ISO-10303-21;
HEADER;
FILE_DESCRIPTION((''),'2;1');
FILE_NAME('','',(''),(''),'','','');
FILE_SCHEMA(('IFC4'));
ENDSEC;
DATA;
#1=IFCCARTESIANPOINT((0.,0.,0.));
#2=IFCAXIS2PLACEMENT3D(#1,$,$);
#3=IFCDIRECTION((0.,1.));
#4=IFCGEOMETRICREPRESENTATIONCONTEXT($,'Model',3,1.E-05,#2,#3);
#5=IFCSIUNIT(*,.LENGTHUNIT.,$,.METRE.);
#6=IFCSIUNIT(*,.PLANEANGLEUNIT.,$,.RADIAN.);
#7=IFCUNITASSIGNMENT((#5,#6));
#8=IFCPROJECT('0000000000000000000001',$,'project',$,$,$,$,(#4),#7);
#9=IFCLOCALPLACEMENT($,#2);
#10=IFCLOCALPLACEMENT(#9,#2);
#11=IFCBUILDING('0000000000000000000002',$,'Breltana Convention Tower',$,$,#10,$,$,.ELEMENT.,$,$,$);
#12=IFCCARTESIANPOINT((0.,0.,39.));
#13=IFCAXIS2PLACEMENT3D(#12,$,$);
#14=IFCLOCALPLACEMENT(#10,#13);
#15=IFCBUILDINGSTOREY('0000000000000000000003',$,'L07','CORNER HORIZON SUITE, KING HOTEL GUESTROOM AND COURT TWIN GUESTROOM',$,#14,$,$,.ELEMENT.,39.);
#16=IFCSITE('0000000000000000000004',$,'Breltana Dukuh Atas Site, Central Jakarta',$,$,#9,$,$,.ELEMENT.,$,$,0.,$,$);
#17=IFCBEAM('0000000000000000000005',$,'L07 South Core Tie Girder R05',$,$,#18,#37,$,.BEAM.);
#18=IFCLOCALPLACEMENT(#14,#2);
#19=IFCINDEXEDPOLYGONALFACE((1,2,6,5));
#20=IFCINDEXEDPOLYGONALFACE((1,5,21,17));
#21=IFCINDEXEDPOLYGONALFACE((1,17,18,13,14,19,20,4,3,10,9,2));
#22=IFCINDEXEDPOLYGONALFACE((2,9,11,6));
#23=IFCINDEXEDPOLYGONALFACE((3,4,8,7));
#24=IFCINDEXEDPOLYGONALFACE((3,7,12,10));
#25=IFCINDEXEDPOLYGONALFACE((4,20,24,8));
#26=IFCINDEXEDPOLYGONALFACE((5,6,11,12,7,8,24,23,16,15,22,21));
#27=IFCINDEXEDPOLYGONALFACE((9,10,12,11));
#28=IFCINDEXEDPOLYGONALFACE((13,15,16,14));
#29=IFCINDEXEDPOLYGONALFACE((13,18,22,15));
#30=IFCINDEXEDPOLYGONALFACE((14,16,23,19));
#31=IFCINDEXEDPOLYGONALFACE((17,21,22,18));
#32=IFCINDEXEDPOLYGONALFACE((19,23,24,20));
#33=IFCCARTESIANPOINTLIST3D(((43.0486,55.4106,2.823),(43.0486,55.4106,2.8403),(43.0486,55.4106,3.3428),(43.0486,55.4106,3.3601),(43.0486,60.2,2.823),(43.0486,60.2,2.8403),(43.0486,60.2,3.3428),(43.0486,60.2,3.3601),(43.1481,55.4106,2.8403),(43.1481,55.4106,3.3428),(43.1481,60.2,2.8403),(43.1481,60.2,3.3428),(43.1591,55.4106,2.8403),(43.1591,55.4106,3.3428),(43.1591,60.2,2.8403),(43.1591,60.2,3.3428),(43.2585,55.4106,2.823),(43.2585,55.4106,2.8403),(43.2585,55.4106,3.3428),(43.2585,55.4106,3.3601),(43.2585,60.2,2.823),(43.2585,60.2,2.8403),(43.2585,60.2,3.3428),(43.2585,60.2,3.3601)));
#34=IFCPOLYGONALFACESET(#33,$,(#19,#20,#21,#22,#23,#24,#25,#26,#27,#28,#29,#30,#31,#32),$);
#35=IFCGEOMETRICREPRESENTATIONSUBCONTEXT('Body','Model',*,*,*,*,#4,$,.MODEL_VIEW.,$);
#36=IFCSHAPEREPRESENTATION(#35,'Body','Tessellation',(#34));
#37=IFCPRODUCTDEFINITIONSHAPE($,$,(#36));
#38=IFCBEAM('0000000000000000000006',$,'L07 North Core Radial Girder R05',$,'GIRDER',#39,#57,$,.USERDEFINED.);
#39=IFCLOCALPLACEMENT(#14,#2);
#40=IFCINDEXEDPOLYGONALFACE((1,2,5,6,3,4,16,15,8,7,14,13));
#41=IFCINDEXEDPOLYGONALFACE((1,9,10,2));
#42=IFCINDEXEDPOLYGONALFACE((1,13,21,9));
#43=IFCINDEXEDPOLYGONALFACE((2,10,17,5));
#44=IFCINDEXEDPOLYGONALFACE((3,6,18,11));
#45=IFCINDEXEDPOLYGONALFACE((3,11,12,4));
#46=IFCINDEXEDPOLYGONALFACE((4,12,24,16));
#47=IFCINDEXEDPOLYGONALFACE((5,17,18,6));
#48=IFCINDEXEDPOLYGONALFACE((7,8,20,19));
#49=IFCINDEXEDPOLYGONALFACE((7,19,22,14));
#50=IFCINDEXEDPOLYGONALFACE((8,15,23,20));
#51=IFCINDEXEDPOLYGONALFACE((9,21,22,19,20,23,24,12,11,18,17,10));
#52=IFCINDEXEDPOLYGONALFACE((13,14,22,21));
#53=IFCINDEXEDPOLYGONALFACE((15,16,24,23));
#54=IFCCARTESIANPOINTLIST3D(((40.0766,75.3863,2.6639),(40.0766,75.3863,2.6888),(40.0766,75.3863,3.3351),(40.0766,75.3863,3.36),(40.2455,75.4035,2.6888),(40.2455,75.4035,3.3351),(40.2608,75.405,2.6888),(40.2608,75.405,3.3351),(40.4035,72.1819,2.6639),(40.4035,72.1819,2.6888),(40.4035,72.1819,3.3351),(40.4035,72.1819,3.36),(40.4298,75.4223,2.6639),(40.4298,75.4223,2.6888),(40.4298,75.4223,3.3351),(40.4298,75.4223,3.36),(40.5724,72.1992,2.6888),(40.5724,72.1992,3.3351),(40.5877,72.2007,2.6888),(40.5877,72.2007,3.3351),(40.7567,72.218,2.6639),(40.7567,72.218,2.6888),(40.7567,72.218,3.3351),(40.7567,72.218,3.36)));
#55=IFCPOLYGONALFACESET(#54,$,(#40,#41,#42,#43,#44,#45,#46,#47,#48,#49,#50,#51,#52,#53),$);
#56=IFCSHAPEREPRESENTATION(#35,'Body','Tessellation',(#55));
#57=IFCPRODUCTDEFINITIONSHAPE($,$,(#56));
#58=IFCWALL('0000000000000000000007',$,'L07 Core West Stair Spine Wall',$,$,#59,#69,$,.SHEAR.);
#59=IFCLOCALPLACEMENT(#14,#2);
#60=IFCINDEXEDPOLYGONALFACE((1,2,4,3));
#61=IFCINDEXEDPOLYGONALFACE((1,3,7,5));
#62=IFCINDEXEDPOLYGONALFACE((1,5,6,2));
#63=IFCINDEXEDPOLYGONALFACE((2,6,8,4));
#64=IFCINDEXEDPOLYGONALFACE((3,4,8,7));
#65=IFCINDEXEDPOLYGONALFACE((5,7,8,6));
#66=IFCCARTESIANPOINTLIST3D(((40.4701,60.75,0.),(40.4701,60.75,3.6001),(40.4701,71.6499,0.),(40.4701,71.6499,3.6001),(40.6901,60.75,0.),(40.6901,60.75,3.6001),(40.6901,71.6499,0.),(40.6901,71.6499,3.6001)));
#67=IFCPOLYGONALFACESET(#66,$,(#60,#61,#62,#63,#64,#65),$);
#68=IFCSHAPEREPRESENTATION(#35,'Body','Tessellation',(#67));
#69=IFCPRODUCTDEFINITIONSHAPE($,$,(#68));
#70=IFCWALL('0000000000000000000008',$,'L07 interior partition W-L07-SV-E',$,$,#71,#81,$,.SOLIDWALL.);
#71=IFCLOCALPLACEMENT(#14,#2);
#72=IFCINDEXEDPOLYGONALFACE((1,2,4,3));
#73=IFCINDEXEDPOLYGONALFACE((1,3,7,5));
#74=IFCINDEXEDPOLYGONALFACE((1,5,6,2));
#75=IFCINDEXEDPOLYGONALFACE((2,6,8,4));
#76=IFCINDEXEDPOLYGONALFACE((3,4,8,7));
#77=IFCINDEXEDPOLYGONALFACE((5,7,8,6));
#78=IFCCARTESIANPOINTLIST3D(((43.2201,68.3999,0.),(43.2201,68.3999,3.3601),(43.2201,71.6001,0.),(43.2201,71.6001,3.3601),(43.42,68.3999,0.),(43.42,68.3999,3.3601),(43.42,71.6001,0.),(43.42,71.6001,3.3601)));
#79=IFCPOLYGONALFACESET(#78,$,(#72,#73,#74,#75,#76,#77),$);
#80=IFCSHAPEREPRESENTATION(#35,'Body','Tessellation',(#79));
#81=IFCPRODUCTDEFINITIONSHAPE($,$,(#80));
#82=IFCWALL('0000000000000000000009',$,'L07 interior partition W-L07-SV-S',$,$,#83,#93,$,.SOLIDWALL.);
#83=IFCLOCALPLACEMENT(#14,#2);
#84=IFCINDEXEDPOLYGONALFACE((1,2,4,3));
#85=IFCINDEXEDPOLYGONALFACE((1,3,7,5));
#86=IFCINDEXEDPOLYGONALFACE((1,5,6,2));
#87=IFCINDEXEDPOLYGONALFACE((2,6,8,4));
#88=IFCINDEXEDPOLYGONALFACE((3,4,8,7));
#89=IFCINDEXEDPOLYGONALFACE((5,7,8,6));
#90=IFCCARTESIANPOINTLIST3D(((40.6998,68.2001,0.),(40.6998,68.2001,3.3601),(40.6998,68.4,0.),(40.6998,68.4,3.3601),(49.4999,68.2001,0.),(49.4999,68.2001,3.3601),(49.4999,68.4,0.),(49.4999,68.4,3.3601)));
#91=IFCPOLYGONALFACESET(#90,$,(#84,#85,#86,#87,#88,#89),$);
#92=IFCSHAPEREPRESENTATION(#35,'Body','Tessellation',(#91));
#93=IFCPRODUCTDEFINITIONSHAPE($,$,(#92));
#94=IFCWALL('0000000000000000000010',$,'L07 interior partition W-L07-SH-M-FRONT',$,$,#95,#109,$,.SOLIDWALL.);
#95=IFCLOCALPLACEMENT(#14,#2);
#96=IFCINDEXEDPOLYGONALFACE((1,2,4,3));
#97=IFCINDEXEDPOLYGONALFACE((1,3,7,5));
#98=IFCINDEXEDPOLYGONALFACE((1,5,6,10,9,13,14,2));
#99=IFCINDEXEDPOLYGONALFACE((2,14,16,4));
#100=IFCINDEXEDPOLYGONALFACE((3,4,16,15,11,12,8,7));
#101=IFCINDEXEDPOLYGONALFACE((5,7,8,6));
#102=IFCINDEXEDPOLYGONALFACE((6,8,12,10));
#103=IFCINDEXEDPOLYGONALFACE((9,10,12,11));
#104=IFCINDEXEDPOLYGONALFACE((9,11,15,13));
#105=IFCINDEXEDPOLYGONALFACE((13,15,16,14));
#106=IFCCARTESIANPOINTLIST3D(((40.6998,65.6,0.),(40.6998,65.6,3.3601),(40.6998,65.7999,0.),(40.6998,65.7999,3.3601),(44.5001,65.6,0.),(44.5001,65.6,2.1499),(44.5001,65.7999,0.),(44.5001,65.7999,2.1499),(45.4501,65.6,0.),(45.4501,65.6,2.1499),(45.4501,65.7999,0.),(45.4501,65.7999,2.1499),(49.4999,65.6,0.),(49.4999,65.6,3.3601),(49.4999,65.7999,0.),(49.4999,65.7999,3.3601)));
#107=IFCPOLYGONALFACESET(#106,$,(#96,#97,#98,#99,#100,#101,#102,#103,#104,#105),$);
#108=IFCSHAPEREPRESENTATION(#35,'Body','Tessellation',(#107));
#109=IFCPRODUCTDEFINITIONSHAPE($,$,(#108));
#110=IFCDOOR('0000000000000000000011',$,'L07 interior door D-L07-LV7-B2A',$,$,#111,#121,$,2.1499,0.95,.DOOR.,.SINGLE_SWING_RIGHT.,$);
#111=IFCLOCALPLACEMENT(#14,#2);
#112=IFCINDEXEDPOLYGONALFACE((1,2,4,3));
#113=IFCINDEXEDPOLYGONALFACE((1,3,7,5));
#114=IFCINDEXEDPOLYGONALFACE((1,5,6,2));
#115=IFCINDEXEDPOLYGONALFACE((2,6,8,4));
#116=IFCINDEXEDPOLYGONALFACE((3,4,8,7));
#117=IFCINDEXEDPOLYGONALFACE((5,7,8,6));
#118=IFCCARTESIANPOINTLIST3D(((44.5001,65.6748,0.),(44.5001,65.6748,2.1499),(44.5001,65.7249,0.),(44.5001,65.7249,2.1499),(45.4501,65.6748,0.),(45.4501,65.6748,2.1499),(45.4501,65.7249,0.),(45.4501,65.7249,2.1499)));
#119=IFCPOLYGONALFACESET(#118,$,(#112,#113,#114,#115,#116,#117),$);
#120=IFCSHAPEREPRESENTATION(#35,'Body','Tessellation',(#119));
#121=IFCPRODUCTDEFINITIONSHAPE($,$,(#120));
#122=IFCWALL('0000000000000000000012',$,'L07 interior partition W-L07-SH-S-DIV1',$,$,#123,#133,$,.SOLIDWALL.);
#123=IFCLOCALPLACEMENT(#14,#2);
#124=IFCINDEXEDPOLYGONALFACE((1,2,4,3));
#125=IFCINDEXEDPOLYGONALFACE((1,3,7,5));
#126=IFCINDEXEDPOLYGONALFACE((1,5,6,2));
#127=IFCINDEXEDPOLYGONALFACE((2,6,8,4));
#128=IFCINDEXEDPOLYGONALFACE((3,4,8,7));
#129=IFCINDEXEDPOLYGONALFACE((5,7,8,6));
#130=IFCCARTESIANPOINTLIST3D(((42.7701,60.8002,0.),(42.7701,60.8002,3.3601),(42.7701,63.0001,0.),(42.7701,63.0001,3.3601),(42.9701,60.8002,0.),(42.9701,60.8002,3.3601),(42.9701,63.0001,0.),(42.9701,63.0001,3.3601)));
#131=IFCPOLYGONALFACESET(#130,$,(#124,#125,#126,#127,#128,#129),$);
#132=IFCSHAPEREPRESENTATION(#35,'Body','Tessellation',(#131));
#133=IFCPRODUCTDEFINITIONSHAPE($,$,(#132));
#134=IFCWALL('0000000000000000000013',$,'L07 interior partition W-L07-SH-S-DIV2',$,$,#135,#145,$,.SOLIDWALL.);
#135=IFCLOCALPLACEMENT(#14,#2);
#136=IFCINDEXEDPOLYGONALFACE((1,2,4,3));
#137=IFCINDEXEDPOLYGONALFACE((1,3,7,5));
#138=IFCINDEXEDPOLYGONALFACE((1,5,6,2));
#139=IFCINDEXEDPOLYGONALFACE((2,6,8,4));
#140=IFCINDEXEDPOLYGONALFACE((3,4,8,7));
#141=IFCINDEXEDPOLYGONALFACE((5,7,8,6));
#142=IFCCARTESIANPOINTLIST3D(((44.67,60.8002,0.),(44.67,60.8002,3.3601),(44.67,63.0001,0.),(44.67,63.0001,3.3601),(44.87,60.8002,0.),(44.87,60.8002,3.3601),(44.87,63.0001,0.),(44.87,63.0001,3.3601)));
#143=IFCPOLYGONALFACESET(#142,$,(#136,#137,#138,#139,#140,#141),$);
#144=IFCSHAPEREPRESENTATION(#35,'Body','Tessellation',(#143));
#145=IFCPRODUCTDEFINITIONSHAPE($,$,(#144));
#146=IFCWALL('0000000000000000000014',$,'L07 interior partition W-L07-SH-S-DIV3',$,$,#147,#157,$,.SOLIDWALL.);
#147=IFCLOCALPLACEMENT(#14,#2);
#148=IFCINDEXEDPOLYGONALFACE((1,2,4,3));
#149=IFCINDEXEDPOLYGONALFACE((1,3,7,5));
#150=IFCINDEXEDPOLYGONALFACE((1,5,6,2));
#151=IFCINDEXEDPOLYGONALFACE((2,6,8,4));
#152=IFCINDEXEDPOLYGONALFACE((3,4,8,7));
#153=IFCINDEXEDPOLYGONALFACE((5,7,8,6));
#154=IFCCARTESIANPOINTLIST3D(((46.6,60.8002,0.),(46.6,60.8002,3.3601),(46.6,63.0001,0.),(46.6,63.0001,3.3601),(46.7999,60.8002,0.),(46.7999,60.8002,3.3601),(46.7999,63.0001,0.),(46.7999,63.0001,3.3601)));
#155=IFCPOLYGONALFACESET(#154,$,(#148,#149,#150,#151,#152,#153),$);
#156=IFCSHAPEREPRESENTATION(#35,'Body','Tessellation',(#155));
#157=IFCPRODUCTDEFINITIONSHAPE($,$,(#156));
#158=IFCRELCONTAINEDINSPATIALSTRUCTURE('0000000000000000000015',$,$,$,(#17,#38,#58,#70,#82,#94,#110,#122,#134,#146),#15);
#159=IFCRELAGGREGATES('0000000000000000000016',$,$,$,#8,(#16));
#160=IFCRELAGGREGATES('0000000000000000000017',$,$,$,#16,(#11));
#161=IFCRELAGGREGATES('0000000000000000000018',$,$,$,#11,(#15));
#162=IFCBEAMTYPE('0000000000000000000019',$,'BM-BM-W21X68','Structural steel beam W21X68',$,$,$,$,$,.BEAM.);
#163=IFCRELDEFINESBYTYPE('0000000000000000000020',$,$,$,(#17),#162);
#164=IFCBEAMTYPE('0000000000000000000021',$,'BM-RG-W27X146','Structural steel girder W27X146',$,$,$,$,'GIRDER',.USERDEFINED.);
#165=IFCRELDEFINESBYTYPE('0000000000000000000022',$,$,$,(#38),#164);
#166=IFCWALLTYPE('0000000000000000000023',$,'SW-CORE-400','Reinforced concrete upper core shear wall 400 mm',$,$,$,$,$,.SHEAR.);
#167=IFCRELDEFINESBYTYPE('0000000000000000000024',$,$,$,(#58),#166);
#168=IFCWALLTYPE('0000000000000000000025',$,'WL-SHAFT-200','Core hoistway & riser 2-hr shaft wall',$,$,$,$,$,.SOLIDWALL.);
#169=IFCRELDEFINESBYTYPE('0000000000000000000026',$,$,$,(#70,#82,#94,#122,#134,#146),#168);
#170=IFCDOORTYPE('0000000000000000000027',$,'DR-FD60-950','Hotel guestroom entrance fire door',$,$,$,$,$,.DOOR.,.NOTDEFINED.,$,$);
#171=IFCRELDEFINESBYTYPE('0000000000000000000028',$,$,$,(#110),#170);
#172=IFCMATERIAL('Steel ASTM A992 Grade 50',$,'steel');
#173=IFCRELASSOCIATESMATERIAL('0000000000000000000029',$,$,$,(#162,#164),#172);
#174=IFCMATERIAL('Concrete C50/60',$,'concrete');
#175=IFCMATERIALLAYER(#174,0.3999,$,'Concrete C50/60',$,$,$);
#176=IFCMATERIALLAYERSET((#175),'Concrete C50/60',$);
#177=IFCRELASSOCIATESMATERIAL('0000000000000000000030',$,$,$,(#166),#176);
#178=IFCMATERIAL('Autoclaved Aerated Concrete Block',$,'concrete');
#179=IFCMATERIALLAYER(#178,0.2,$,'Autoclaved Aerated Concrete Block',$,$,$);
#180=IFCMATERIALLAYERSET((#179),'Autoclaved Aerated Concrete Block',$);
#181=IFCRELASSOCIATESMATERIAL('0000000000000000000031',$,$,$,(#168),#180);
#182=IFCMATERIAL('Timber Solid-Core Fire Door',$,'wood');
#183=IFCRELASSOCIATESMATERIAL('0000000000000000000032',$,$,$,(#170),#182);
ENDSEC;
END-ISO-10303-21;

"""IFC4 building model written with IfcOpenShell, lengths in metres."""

from ifc_helpers import new_model, si_unit, direction, frame, frame_2d, origin, origin_2d, place, context, subcontext, project, spatial, rectangle, i_section, extrude, source, transform, mapped, material, layer, layer_set, material_profile, profile_set, type_object, type_shapes, element, fill, save


model = new_model("IFC4")

# Units and contexts
model_context = context("Model", 3, precision=1e-05, world=origin(), true_north=direction((0.0, 1.0)))
body_context = subcontext(model_context, "Body", "Model", "MODEL_VIEW")
ifc_project = project(units=[si_unit("LENGTHUNIT", "METRE"), si_unit("PLANEANGLEUNIT", "RADIAN")], contexts=[model_context])

# Site, building, storey
site_placement = place(None, origin())
site = spatial("IfcSite", under=ifc_project, at=site_placement, Name="Breltana Dukuh Atas Site, Central Jakarta", CompositionType="ELEMENT", RefElevation=0.0)
building_placement = place(site_placement, origin())
building = spatial("IfcBuilding", under=site, at=building_placement, Name="Breltana Convention Tower", CompositionType="ELEMENT")
storey_placement = place(building_placement, frame((0.0, 0.0, 39.0)))
storey = spatial("IfcBuildingStorey", under=building, at=storey_placement, Name="L07", Description="CORNER HORIZON SUITE, KING HOTEL GUESTROOM AND COURT TWIN GUESTROOM", CompositionType="ELEMENT", Elevation=39.0)

# Beams
ifc_material_1 = material(Name="Steel ASTM A992 Grade 50", Category="steel")
ifc_material_profile_1 = material_profile(ifc_material_1, i_section(OverallWidth=0.21, OverallDepth=0.5371, WebThickness=0.011, FlangeThickness=0.0173, at=origin_2d()), Name="W21X68")
ifc_profile_set_1 = profile_set([ifc_material_profile_1], Name="Steel ASTM A992 Grade 50")
beam_type_1 = type_object("IfcBeamType", Name="BM-BM-W21X68", Description="Structural steel beam W21X68", PredefinedType="BEAM", material=ifc_profile_set_1)
shared_shape_1 = source(origin(), body_context, "Body", "SweptSolid", [
    extrude(i_section(OverallWidth=0.21, OverallDepth=0.5371, WebThickness=0.011, FlangeThickness=0.0173, at=origin_2d()), origin(), (0.0, 0.0, 1.0), 4.7893),
])
beam_1_placement = place(storey_placement, frame((43.1536, 60.2, 3.0916), z_axis=(0.0, -1.0, 0.0), x_axis=(1.0, 0.0, 0.0)))
element("IfcBeam", 1, at=beam_1_placement, inside=storey, type_object=beam_type_1, Name="L07 South Core Tie Girder R05", PredefinedType="BEAM", context=body_context, shape_type="MappedRepresentation", body=[
    mapped(shared_shape_1, transform((0.0, 0.0, 0.0), scale=1.0)),
])
ifc_material_profile_2 = material_profile(ifc_material_1, i_section(OverallWidth=0.355, OverallDepth=0.696, WebThickness=0.0154, FlangeThickness=0.0249, at=origin_2d()), Name="W27X146")
ifc_profile_set_2 = profile_set([ifc_material_profile_2], Name="Steel ASTM A992 Grade 50")
beam_type_2 = type_object("IfcBeamType", Name="BM-RG-W27X146", Description="Structural steel girder W27X146", ElementType="GIRDER", PredefinedType="USERDEFINED", material=ifc_profile_set_2)
shared_shape_2 = source(origin(), body_context, "Body", "SweptSolid", [
    extrude(i_section(OverallWidth=0.355, OverallDepth=0.696, WebThickness=0.0154, FlangeThickness=0.0249, at=origin_2d()), origin(), (0.0, 0.0, 1.0), 3.2209),
])
beam_2_placement = place(storey_placement, frame((40.5801, 72.2, 3.012), z_axis=(-0.101492, 0.994836, 0.0), x_axis=(-0.994836, -0.101492, 0.0)))
element("IfcBeam", 2, at=beam_2_placement, inside=storey, type_object=beam_type_2, Name="L07 North Core Radial Girder R05", ObjectType="GIRDER", PredefinedType="USERDEFINED", context=body_context, shape_type="MappedRepresentation", body=[
    mapped(shared_shape_2, transform((0.0, 0.0, 0.0), scale=1.0)),
])

# Walls
ifc_material_2 = material(Name="Concrete C50/60", Category="concrete")
ifc_layer_1 = layer(ifc_material_2, 0.3999, Name="Concrete C50/60")
ifc_layer_set_1 = layer_set([ifc_layer_1], Name="Concrete C50/60")
wall_type_1 = type_object("IfcWallType", Name="SW-CORE-400", Description="Reinforced concrete upper core shear wall 400 mm", PredefinedType="SHEAR", material=ifc_layer_set_1)
shared_shape_3 = source(origin(), body_context, "Body", "SweptSolid", [
    extrude(rectangle(XDim=10.8999, YDim=0.22, at=frame_2d((5.45, 0.0))), origin(), (0.0, 0.0, 1.0), 3.6001),
])
wall_1_placement = place(storey_placement, frame((40.5801, 60.75, 0.0), z_axis=(0.0, 0.0, 1.0), x_axis=(0.0, 1.0, 0.0)))
element("IfcWall", 3, at=wall_1_placement, inside=storey, type_object=wall_type_1, Name="L07 Core West Stair Spine Wall", PredefinedType="SHEAR", context=body_context, shape_type="MappedRepresentation", body=[
    mapped(shared_shape_3, transform((0.0, 0.0, 0.0), scale=1.0)),
])
ifc_material_3 = material(Name="Autoclaved Aerated Concrete Block", Category="concrete")
ifc_layer_2 = layer(ifc_material_3, 0.2, Name="Autoclaved Aerated Concrete Block")
ifc_layer_set_2 = layer_set([ifc_layer_2], Name="Autoclaved Aerated Concrete Block")
wall_type_2 = type_object("IfcWallType", Name="WL-SHAFT-200", Description="Core hoistway & riser 2-hr shaft wall", PredefinedType="SOLIDWALL", material=ifc_layer_set_2)
shared_shape_4 = source(origin(), body_context, "Body", "SweptSolid", [
    extrude(rectangle(XDim=3.2002, YDim=0.2, at=frame_2d((1.6001, 0.0))), origin(), (0.0, 0.0, 1.0), 3.3601),
])
wall_2_placement = place(storey_placement, frame((43.3201, 68.3999, 0.0), z_axis=(0.0, 0.0, 1.0), x_axis=(0.0, 1.0, 0.0)))
element("IfcWall", 4, at=wall_2_placement, inside=storey, type_object=wall_type_2, Name="L07 interior partition W-L07-SV-E", PredefinedType="SOLIDWALL", context=body_context, shape_type="MappedRepresentation", body=[
    mapped(shared_shape_4, transform((0.0, 0.0, 0.0), scale=1.0)),
])
shared_shape_5 = source(origin(), body_context, "Body", "SweptSolid", [
    extrude(rectangle(XDim=8.8, YDim=0.2, at=frame_2d((4.3999, 0.0))), origin(), (0.0, 0.0, 1.0), 3.3601),
])
wall_3_placement = place(storey_placement, frame((40.7, 68.3, 0.0), z_axis=(0.0, 0.0, 1.0), x_axis=(1.0, 0.0, 0.0)))
element("IfcWall", 5, at=wall_3_placement, inside=storey, type_object=wall_type_2, Name="L07 interior partition W-L07-SV-S", PredefinedType="SOLIDWALL", context=body_context, shape_type="MappedRepresentation", body=[
    mapped(shared_shape_5, transform((0.0, 0.0, 0.0), scale=1.0)),
])

# Wall, opening, door
wall_4_placement = place(storey_placement, frame((40.7, 65.7, 0.0), z_axis=(0.0, 0.0, 1.0), x_axis=(1.0, 0.0, 0.0)))
wall_4 = element("IfcWall", 6, at=wall_4_placement, inside=storey, type_object=wall_type_2, Name="L07 interior partition W-L07-SH-M-FRONT", PredefinedType="SOLIDWALL", context=body_context, shape_type="MappedRepresentation", body=[
    mapped(shared_shape_5, transform((0.0, 0.0, 0.0), scale=1.0)),
])
opening_1_placement = place(wall_4_placement, frame((3.8, 0.0, 0.0)))
opening_1 = element("IfcOpeningElement", 7, at=opening_1_placement, cuts=wall_4, PredefinedType="OPENING", context=body_context, shape_type="SweptSolid", body=[
    extrude(rectangle(XDim=0.95, YDim=2.1499, at=frame_2d((0.4751, 1.075))), frame((0.0, 0.1099, 0.0), z_axis=(0.0, -1.0, 0.0), x_axis=(1.0, 0.0, 0.0)), (0.0, 0.0, 1.0), 0.22),
])
ifc_material_4 = material(Name="Timber Solid-Core Fire Door", Category="wood")
door_type_1 = type_object("IfcDoorType", Name="DR-FD60-950", Description="Hotel guestroom entrance fire door", OperationType="NOTDEFINED", PredefinedType="DOOR", material=ifc_material_4)
shared_shape_6 = source(origin(), body_context, "Body", "SweptSolid", [
    extrude(rectangle(XDim=0.95, YDim=2.1499, at=frame_2d((0.4751, 1.075))), frame((0.0, 0.0249, 0.0), z_axis=(0.0, -1.0, 0.0), x_axis=(1.0, 0.0, 0.0)), (0.0, 0.0, 1.0), 0.05),
])
type_shapes(door_type_1, [shared_shape_6])
door_1_placement = place(opening_1_placement, origin())
door_1 = element("IfcDoor", 8, at=door_1_placement, inside=storey, type_object=door_type_1, Name="L07 interior door D-L07-LV7-B2A", OperationType="SINGLE_SWING_RIGHT", OverallHeight=2.1499, OverallWidth=0.95, PredefinedType="DOOR", context=body_context, shape_type="MappedRepresentation", body=[
    mapped(shared_shape_6, transform((0.0, 0.0, 0.0), scale=1.0)),
])
fill(opening_1, door_1)

# Walls
shared_shape_7 = source(origin(), body_context, "Body", "SweptSolid", [
    extrude(rectangle(XDim=2.2, YDim=0.2, at=frame_2d((1.1001, 0.0))), origin(), (0.0, 0.0, 1.0), 3.3601),
])
for number, where, z_axis, x_axis, name in (
    (9, (42.8701, 60.8, 0.0), (0.0, 0.0, 1.0), (0.0, 1.0, 0.0), "L07 interior partition W-L07-SH-S-DIV1"),
    (10, (44.77, 60.8, 0.0), (0.0, 0.0, 1.0), (0.0, 1.0, 0.0), "L07 interior partition W-L07-SH-S-DIV2"),
    (11, (46.7, 60.8, 0.0), (0.0, 0.0, 1.0), (0.0, 1.0, 0.0), "L07 interior partition W-L07-SH-S-DIV3"),
):
    element("IfcWall", number, at=place(storey_placement, frame(where, z_axis=z_axis, x_axis=x_axis)), inside=storey, type_object=wall_type_2, Name=name, PredefinedType="SOLIDWALL", context=body_context, shape_type="MappedRepresentation", body=[
        mapped(shared_shape_7, transform((0.0, 0.0, 0.0), scale=1.0)),
    ])

save(model, "model.ifc")
